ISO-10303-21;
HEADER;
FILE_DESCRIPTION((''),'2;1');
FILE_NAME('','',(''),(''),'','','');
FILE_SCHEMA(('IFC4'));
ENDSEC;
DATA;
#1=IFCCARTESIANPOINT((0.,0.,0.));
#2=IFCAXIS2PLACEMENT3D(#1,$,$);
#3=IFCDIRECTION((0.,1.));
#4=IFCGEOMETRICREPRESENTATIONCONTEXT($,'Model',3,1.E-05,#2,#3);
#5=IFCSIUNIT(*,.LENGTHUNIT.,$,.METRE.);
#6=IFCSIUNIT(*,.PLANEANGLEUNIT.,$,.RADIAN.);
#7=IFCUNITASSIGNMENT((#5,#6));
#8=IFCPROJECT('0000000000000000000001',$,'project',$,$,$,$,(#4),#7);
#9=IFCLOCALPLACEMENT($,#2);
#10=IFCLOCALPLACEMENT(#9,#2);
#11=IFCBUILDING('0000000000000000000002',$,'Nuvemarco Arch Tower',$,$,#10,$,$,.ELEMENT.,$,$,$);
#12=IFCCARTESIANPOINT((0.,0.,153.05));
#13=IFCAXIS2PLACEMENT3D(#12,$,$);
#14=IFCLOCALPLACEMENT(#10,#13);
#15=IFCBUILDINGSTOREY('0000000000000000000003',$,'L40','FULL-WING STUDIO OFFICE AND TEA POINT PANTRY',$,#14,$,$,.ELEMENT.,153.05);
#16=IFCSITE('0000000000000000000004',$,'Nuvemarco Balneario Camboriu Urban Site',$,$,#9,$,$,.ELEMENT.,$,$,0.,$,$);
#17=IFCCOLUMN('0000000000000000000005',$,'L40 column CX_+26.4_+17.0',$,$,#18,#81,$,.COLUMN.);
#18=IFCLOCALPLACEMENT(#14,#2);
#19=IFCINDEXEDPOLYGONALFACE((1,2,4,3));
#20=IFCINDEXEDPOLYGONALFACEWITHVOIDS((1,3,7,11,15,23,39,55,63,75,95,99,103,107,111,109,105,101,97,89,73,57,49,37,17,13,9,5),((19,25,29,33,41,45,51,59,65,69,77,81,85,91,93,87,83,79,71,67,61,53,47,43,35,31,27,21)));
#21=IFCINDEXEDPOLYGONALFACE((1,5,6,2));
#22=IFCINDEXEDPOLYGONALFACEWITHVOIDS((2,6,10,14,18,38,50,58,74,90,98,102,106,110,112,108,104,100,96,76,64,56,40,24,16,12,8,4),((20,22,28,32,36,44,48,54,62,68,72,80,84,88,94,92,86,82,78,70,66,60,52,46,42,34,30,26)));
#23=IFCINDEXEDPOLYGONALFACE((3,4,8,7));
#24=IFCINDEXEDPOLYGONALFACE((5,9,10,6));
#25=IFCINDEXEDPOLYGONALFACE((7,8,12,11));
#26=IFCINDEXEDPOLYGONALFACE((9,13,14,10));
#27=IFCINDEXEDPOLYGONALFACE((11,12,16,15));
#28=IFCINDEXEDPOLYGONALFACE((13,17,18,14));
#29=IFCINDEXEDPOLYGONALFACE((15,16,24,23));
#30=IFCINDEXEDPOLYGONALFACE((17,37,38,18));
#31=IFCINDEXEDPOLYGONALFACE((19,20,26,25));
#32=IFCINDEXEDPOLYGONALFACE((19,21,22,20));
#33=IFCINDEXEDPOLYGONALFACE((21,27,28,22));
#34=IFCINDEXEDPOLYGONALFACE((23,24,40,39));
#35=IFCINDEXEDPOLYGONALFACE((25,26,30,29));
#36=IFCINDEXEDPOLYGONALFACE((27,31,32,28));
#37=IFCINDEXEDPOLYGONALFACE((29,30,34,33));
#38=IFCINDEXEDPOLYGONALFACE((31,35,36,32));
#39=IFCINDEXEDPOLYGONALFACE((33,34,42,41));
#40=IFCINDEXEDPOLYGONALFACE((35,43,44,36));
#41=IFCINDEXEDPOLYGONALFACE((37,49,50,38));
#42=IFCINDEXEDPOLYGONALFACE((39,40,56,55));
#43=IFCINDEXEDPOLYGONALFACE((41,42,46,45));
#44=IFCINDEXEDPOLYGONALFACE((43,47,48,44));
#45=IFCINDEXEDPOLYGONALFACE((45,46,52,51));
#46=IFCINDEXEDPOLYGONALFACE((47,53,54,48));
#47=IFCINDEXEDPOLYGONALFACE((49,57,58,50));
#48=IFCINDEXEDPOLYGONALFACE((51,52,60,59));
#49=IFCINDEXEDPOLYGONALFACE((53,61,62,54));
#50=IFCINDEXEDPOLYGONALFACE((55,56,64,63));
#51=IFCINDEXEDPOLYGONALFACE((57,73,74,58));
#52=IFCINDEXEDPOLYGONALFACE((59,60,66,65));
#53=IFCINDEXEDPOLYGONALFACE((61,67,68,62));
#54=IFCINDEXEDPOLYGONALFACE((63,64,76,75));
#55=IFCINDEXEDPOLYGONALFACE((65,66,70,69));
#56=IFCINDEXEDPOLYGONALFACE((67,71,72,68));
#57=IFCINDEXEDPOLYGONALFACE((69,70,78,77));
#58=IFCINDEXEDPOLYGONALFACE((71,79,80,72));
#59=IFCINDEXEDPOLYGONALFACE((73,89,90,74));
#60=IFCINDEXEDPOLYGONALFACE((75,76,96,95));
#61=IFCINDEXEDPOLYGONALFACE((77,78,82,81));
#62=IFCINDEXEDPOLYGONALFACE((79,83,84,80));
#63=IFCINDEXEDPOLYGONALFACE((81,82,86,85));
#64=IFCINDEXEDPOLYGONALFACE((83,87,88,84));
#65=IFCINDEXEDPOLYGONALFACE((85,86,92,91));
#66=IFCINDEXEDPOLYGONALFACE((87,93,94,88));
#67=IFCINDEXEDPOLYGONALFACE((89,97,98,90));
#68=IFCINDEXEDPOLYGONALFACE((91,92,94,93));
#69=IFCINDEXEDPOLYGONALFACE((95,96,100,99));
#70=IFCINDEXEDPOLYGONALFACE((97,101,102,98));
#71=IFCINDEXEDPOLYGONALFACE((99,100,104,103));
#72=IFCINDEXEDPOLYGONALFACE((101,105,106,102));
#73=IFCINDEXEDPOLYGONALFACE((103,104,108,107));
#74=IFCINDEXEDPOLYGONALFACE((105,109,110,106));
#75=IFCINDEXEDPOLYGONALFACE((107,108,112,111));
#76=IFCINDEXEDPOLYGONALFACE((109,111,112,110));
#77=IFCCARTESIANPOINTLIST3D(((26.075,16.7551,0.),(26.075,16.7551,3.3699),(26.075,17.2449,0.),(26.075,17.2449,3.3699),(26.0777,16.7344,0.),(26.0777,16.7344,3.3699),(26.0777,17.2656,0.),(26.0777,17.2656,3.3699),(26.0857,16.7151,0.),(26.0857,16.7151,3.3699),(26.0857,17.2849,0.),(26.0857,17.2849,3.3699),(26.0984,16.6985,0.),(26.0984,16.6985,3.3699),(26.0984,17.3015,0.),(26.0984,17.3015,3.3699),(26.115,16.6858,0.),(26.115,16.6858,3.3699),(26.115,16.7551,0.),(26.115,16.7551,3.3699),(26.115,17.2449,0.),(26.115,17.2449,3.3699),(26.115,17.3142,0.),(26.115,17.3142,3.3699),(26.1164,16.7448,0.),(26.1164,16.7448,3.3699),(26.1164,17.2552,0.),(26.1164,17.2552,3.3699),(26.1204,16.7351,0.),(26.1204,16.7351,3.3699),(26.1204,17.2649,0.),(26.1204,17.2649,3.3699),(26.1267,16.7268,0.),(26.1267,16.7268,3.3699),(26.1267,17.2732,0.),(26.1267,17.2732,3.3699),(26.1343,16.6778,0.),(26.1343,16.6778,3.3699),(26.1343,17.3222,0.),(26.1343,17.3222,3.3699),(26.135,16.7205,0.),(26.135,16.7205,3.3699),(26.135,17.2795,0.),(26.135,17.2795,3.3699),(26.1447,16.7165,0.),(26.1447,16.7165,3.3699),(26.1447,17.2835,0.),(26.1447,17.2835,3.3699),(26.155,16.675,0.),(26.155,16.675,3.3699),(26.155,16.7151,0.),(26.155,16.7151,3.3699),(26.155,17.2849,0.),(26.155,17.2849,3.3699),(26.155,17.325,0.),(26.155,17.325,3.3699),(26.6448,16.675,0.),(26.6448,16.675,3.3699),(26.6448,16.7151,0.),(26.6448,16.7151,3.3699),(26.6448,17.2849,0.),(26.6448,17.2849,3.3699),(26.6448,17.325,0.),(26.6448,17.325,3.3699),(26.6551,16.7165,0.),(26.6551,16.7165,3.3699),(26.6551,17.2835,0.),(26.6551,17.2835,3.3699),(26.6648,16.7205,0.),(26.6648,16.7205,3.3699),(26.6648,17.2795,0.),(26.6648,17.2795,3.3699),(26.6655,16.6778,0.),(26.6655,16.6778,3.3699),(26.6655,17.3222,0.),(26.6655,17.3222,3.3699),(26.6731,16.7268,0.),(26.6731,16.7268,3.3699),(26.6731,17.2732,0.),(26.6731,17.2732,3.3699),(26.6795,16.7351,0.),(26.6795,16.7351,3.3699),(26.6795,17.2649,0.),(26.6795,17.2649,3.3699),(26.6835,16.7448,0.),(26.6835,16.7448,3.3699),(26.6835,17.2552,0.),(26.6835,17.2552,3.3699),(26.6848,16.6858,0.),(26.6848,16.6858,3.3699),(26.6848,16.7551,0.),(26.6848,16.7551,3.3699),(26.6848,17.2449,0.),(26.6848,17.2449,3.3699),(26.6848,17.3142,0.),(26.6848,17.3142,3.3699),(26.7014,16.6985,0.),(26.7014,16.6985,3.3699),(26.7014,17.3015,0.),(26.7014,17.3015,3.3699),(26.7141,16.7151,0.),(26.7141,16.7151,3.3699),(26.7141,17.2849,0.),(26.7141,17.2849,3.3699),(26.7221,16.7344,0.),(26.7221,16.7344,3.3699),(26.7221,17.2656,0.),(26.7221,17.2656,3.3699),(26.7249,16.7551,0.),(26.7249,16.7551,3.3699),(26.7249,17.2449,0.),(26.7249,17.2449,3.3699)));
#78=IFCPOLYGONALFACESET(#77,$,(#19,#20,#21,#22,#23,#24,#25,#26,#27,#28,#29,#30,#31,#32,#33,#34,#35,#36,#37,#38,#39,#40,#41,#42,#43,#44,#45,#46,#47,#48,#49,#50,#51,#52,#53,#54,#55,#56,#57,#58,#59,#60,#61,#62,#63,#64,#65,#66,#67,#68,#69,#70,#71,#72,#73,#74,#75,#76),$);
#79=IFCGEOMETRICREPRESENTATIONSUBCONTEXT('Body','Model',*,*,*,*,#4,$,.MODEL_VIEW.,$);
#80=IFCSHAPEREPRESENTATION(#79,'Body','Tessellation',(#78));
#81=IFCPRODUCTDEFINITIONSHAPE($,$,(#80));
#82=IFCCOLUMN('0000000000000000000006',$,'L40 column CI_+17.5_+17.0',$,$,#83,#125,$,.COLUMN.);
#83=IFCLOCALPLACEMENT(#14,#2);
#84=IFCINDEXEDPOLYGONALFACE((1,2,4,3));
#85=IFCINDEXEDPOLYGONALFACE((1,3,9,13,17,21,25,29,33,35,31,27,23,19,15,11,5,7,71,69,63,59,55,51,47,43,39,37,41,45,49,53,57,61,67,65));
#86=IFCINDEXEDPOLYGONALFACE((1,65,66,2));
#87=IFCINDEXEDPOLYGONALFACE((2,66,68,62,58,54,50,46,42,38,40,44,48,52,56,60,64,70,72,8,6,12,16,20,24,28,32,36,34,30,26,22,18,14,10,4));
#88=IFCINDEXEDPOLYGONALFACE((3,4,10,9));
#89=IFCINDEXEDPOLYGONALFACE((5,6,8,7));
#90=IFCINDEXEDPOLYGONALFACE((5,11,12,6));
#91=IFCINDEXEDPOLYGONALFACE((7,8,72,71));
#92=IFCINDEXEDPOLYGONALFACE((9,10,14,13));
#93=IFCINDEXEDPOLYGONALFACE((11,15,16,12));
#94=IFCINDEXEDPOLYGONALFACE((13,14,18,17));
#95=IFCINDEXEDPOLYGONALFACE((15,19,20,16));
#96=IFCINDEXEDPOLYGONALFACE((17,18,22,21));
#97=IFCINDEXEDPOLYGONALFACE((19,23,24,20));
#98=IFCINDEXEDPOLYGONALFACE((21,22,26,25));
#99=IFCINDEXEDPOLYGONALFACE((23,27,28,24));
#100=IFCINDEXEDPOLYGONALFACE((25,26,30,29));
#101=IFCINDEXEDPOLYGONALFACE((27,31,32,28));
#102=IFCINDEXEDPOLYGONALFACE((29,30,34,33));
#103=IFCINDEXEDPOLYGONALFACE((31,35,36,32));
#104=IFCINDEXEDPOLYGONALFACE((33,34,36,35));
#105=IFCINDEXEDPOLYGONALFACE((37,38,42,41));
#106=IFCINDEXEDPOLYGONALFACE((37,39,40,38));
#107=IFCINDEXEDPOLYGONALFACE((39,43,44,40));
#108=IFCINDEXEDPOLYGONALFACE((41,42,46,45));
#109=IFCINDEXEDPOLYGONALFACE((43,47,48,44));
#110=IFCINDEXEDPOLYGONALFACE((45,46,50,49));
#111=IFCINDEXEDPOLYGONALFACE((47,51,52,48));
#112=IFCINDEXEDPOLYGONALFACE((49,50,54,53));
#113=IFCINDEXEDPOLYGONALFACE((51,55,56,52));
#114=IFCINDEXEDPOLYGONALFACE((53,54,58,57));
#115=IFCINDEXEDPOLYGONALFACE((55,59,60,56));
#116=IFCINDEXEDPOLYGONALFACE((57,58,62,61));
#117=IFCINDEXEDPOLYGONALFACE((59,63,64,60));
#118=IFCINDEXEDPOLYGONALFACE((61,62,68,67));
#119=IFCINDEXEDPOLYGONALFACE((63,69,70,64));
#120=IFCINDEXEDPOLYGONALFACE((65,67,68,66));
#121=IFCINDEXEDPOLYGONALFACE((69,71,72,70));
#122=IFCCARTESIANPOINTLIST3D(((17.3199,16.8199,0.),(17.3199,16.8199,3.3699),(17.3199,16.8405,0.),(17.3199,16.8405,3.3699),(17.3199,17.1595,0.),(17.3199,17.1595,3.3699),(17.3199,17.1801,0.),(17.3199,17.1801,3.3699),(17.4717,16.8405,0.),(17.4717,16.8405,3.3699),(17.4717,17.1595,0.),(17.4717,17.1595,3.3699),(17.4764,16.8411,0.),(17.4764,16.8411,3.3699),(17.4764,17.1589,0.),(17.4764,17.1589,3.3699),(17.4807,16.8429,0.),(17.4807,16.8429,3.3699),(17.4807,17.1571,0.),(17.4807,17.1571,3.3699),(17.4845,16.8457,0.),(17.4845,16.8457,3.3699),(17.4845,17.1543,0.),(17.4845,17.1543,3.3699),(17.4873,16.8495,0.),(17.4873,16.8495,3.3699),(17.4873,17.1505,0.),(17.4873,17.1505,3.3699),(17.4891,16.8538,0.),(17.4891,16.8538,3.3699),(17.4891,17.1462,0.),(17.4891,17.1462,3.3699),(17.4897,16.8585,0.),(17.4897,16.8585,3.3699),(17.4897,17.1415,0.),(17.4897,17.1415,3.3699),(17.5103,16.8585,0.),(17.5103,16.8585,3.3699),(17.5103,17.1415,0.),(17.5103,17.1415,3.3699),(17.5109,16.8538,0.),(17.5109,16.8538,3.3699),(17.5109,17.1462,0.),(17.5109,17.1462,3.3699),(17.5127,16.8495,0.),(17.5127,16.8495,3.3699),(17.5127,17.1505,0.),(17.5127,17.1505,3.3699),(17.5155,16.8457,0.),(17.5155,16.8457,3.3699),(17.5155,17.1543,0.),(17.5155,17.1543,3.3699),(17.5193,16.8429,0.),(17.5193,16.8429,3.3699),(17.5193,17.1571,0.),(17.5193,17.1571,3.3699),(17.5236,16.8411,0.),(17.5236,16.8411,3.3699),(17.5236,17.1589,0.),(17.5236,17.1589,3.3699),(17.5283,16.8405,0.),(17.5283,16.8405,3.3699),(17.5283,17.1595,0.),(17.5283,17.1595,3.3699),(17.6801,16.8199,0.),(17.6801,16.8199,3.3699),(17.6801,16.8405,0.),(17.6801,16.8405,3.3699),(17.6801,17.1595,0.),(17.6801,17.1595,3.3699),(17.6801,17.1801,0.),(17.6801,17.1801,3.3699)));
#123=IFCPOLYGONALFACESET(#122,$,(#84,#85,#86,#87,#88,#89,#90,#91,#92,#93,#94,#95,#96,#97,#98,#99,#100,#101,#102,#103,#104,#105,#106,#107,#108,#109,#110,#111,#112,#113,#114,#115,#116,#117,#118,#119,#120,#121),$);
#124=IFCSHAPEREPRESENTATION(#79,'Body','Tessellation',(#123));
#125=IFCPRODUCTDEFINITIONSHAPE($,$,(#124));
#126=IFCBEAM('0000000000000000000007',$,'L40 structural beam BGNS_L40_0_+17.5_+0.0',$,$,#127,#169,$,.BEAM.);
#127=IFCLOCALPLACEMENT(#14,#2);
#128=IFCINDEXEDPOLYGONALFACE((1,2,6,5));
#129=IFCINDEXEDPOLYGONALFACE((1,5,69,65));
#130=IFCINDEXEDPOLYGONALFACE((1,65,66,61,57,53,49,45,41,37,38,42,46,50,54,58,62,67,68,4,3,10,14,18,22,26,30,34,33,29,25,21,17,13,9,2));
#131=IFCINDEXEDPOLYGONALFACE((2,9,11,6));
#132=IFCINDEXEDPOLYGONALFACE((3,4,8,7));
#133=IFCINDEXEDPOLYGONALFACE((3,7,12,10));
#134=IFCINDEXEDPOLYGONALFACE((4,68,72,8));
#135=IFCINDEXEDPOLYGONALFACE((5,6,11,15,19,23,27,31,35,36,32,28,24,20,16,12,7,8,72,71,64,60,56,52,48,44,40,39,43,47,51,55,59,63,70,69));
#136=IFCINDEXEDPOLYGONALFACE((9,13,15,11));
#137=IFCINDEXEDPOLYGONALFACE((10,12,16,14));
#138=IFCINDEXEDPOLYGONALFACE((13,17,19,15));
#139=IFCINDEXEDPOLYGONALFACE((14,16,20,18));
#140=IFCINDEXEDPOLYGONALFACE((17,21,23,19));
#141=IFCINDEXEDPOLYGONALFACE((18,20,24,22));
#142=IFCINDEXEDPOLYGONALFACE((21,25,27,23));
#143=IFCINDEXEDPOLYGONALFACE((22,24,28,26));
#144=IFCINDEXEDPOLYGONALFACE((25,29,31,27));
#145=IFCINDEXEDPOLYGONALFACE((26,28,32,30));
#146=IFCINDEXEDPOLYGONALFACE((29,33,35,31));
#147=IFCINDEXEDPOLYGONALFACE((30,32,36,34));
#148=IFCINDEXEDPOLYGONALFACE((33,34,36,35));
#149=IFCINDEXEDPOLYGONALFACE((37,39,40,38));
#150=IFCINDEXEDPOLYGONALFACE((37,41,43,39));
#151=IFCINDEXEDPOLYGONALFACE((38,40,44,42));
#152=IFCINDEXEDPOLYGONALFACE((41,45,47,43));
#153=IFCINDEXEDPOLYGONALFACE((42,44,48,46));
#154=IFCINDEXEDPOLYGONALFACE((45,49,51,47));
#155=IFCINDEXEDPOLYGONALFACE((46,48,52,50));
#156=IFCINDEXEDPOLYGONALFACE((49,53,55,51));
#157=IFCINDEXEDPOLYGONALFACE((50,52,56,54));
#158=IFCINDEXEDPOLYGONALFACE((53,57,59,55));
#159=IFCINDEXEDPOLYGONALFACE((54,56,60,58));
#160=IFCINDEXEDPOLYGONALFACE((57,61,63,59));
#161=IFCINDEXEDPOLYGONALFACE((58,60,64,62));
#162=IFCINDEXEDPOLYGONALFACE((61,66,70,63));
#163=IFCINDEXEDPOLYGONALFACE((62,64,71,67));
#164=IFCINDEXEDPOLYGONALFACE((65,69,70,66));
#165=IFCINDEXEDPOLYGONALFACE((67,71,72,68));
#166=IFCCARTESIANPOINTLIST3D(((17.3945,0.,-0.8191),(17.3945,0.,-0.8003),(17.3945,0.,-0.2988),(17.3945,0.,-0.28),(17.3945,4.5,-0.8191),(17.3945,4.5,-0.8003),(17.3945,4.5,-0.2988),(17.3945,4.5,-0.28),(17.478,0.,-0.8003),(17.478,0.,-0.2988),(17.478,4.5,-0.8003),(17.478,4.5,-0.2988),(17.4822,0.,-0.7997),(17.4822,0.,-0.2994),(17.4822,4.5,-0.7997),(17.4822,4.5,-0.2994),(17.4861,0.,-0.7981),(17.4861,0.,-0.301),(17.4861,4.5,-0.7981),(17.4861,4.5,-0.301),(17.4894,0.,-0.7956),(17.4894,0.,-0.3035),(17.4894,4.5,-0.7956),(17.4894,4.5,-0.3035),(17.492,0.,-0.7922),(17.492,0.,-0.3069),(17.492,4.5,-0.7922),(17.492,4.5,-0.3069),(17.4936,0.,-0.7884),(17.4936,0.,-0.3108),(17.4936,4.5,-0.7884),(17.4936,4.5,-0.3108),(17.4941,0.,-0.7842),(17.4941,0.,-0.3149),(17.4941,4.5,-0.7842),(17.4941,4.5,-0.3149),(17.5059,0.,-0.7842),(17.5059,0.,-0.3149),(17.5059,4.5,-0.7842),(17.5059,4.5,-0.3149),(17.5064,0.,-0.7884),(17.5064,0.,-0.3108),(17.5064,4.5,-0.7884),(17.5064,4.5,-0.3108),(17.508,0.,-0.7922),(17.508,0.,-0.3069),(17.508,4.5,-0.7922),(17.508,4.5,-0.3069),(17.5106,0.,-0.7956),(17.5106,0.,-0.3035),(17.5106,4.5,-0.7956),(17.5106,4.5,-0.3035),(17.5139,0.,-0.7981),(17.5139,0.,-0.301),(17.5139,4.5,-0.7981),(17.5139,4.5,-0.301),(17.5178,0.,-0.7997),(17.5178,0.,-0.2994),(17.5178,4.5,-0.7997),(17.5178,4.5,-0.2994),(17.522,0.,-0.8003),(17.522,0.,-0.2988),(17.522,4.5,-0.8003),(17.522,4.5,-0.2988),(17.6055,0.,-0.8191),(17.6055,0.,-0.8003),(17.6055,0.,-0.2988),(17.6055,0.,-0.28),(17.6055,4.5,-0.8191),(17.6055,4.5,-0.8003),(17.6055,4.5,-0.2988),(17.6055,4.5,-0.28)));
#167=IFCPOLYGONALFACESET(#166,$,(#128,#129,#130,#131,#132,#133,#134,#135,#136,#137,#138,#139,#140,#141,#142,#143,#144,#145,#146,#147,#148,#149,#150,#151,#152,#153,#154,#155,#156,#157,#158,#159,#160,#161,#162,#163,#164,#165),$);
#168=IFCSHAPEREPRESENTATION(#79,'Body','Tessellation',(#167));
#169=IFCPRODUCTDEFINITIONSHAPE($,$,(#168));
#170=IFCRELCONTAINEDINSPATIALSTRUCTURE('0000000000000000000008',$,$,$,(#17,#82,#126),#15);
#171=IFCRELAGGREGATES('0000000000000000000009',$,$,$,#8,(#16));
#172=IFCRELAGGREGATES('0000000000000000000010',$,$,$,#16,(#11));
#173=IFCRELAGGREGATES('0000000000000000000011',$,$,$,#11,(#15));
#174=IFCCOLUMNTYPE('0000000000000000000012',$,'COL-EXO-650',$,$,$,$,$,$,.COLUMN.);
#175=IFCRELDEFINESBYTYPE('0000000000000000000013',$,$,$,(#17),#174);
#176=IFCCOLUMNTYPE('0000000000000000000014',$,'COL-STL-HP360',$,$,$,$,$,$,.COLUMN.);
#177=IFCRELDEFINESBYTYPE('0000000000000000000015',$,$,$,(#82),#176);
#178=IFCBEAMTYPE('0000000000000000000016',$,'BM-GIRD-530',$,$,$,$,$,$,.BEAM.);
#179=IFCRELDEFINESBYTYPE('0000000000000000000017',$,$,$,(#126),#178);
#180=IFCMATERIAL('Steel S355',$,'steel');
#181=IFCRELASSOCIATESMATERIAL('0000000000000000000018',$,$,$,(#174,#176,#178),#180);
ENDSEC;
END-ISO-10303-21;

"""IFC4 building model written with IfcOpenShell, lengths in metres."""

from ifc_helpers import new_model, si_unit, direction, frame, origin, origin_2d, place, context, subcontext, project, spatial, hollow_rectangle, i_section, extrude, material, material_profile, profile_set, type_object, element, save


model = new_model("IFC4")

# Units and contexts
model_context = context("Model", 3, precision=1e-05, world=origin(), true_north=direction((0.0, 1.0)))
body_context = subcontext(model_context, "Body", "Model", "MODEL_VIEW")
ifc_project = project(units=[si_unit("LENGTHUNIT", "METRE"), si_unit("PLANEANGLEUNIT", "RADIAN")], contexts=[model_context])

# Site, building, storey
site_placement = place(None, origin())
site = spatial("IfcSite", under=ifc_project, at=site_placement, Name="Nuvemarco Balneario Camboriu Urban Site", CompositionType="ELEMENT", RefElevation=0.0)
building_placement = place(site_placement, origin())
building = spatial("IfcBuilding", under=site, at=building_placement, Name="Nuvemarco Arch Tower", CompositionType="ELEMENT")
storey_placement = place(building_placement, frame((0.0, 0.0, 153.05)))
storey = spatial("IfcBuildingStorey", under=building, at=storey_placement, Name="L40", Description="FULL-WING STUDIO OFFICE AND TEA POINT PANTRY", CompositionType="ELEMENT", Elevation=153.05)

# Columns
ifc_material_1 = material(Name="Steel S355", Category="steel")
ifc_material_profile_1 = material_profile(ifc_material_1, hollow_rectangle(XDim=0.6499, YDim=0.6499, WallThickness=0.04, InnerFilletRadius=0.04, OuterFilletRadius=0.0801, at=origin_2d()), Name="SHS650x650x40")
ifc_profile_set_1 = profile_set([ifc_material_profile_1], Name="Steel S355")
column_type_1 = type_object("IfcColumnType", Name="COL-EXO-650", PredefinedType="COLUMN", material=ifc_profile_set_1)
for number, where, z_axis, x_axis, name in (
    (1, (26.3999, 17.0, 0.0), (0.0, 0.0, 1.0), (1.0, 0.0, 0.0), "L40 column CX_+26.4_+17.0"),
):
    element("IfcColumn", number, at=place(storey_placement, frame(where, z_axis=z_axis, x_axis=x_axis)), inside=storey, type_object=column_type_1, Name=name, PredefinedType="COLUMN", context=body_context, shape_type="SweptSolid", body=[
        extrude(hollow_rectangle(XDim=0.6499, YDim=0.6499, WallThickness=0.04, InnerFilletRadius=0.04, OuterFilletRadius=0.0801, at=origin_2d()), origin(), (0.0, 0.0, 1.0), 3.3699),
    ])
ifc_material_profile_2 = material_profile(ifc_material_1, i_section(OverallWidth=0.3601, OverallDepth=0.3601, WebThickness=0.0205, FlangeThickness=0.0205, FilletRadius=0.0181, at=origin_2d()), Name="HP360x174")
ifc_profile_set_2 = profile_set([ifc_material_profile_2], Name="Steel S355")
column_type_2 = type_object("IfcColumnType", Name="COL-STL-HP360", PredefinedType="COLUMN", material=ifc_profile_set_2)
column_placement = place(storey_placement, frame((17.5, 17.0, 0.0), z_axis=(0.0, 0.0, 1.0), x_axis=(1.0, 0.0, 0.0)))
element("IfcColumn", 2, at=column_placement, inside=storey, type_object=column_type_2, Name="L40 column CI_+17.5_+17.0", PredefinedType="COLUMN", context=body_context, shape_type="SweptSolid", body=[
    extrude(i_section(OverallWidth=0.3601, OverallDepth=0.3601, WebThickness=0.0205, FlangeThickness=0.0205, FilletRadius=0.0181, at=origin_2d()), origin(), (0.0, 0.0, 1.0), 3.3699),
])

# Beam
ifc_material_profile_3 = material_profile(ifc_material_1, i_section(OverallWidth=0.2109, OverallDepth=0.5391, WebThickness=0.0117, FlangeThickness=0.0188, FilletRadius=0.0161, at=origin_2d()), Name="W530x109")
ifc_profile_set_3 = profile_set([ifc_material_profile_3], Name="Steel S355")
beam_type_1 = type_object("IfcBeamType", Name="BM-GIRD-530", PredefinedType="BEAM", material=ifc_profile_set_3)
beam_1_placement = place(storey_placement, frame((17.5, 0.0, -0.5496), z_axis=(0.0, 1.0, 0.0), x_axis=(-1.0, 0.0, 0.0)))
element("IfcBeam", 3, at=beam_1_placement, inside=storey, type_object=beam_type_1, Name="L40 structural beam BGNS_L40_0_+17.5_+0.0", PredefinedType="BEAM", context=body_context, shape_type="SweptSolid", body=[
    extrude(i_section(OverallWidth=0.2109, OverallDepth=0.5391, WebThickness=0.0117, FlangeThickness=0.0188, FilletRadius=0.0161, at=origin_2d()), origin(), (0.0, 0.0, 1.0), 4.5),
])

save(model, "model.ifc")
